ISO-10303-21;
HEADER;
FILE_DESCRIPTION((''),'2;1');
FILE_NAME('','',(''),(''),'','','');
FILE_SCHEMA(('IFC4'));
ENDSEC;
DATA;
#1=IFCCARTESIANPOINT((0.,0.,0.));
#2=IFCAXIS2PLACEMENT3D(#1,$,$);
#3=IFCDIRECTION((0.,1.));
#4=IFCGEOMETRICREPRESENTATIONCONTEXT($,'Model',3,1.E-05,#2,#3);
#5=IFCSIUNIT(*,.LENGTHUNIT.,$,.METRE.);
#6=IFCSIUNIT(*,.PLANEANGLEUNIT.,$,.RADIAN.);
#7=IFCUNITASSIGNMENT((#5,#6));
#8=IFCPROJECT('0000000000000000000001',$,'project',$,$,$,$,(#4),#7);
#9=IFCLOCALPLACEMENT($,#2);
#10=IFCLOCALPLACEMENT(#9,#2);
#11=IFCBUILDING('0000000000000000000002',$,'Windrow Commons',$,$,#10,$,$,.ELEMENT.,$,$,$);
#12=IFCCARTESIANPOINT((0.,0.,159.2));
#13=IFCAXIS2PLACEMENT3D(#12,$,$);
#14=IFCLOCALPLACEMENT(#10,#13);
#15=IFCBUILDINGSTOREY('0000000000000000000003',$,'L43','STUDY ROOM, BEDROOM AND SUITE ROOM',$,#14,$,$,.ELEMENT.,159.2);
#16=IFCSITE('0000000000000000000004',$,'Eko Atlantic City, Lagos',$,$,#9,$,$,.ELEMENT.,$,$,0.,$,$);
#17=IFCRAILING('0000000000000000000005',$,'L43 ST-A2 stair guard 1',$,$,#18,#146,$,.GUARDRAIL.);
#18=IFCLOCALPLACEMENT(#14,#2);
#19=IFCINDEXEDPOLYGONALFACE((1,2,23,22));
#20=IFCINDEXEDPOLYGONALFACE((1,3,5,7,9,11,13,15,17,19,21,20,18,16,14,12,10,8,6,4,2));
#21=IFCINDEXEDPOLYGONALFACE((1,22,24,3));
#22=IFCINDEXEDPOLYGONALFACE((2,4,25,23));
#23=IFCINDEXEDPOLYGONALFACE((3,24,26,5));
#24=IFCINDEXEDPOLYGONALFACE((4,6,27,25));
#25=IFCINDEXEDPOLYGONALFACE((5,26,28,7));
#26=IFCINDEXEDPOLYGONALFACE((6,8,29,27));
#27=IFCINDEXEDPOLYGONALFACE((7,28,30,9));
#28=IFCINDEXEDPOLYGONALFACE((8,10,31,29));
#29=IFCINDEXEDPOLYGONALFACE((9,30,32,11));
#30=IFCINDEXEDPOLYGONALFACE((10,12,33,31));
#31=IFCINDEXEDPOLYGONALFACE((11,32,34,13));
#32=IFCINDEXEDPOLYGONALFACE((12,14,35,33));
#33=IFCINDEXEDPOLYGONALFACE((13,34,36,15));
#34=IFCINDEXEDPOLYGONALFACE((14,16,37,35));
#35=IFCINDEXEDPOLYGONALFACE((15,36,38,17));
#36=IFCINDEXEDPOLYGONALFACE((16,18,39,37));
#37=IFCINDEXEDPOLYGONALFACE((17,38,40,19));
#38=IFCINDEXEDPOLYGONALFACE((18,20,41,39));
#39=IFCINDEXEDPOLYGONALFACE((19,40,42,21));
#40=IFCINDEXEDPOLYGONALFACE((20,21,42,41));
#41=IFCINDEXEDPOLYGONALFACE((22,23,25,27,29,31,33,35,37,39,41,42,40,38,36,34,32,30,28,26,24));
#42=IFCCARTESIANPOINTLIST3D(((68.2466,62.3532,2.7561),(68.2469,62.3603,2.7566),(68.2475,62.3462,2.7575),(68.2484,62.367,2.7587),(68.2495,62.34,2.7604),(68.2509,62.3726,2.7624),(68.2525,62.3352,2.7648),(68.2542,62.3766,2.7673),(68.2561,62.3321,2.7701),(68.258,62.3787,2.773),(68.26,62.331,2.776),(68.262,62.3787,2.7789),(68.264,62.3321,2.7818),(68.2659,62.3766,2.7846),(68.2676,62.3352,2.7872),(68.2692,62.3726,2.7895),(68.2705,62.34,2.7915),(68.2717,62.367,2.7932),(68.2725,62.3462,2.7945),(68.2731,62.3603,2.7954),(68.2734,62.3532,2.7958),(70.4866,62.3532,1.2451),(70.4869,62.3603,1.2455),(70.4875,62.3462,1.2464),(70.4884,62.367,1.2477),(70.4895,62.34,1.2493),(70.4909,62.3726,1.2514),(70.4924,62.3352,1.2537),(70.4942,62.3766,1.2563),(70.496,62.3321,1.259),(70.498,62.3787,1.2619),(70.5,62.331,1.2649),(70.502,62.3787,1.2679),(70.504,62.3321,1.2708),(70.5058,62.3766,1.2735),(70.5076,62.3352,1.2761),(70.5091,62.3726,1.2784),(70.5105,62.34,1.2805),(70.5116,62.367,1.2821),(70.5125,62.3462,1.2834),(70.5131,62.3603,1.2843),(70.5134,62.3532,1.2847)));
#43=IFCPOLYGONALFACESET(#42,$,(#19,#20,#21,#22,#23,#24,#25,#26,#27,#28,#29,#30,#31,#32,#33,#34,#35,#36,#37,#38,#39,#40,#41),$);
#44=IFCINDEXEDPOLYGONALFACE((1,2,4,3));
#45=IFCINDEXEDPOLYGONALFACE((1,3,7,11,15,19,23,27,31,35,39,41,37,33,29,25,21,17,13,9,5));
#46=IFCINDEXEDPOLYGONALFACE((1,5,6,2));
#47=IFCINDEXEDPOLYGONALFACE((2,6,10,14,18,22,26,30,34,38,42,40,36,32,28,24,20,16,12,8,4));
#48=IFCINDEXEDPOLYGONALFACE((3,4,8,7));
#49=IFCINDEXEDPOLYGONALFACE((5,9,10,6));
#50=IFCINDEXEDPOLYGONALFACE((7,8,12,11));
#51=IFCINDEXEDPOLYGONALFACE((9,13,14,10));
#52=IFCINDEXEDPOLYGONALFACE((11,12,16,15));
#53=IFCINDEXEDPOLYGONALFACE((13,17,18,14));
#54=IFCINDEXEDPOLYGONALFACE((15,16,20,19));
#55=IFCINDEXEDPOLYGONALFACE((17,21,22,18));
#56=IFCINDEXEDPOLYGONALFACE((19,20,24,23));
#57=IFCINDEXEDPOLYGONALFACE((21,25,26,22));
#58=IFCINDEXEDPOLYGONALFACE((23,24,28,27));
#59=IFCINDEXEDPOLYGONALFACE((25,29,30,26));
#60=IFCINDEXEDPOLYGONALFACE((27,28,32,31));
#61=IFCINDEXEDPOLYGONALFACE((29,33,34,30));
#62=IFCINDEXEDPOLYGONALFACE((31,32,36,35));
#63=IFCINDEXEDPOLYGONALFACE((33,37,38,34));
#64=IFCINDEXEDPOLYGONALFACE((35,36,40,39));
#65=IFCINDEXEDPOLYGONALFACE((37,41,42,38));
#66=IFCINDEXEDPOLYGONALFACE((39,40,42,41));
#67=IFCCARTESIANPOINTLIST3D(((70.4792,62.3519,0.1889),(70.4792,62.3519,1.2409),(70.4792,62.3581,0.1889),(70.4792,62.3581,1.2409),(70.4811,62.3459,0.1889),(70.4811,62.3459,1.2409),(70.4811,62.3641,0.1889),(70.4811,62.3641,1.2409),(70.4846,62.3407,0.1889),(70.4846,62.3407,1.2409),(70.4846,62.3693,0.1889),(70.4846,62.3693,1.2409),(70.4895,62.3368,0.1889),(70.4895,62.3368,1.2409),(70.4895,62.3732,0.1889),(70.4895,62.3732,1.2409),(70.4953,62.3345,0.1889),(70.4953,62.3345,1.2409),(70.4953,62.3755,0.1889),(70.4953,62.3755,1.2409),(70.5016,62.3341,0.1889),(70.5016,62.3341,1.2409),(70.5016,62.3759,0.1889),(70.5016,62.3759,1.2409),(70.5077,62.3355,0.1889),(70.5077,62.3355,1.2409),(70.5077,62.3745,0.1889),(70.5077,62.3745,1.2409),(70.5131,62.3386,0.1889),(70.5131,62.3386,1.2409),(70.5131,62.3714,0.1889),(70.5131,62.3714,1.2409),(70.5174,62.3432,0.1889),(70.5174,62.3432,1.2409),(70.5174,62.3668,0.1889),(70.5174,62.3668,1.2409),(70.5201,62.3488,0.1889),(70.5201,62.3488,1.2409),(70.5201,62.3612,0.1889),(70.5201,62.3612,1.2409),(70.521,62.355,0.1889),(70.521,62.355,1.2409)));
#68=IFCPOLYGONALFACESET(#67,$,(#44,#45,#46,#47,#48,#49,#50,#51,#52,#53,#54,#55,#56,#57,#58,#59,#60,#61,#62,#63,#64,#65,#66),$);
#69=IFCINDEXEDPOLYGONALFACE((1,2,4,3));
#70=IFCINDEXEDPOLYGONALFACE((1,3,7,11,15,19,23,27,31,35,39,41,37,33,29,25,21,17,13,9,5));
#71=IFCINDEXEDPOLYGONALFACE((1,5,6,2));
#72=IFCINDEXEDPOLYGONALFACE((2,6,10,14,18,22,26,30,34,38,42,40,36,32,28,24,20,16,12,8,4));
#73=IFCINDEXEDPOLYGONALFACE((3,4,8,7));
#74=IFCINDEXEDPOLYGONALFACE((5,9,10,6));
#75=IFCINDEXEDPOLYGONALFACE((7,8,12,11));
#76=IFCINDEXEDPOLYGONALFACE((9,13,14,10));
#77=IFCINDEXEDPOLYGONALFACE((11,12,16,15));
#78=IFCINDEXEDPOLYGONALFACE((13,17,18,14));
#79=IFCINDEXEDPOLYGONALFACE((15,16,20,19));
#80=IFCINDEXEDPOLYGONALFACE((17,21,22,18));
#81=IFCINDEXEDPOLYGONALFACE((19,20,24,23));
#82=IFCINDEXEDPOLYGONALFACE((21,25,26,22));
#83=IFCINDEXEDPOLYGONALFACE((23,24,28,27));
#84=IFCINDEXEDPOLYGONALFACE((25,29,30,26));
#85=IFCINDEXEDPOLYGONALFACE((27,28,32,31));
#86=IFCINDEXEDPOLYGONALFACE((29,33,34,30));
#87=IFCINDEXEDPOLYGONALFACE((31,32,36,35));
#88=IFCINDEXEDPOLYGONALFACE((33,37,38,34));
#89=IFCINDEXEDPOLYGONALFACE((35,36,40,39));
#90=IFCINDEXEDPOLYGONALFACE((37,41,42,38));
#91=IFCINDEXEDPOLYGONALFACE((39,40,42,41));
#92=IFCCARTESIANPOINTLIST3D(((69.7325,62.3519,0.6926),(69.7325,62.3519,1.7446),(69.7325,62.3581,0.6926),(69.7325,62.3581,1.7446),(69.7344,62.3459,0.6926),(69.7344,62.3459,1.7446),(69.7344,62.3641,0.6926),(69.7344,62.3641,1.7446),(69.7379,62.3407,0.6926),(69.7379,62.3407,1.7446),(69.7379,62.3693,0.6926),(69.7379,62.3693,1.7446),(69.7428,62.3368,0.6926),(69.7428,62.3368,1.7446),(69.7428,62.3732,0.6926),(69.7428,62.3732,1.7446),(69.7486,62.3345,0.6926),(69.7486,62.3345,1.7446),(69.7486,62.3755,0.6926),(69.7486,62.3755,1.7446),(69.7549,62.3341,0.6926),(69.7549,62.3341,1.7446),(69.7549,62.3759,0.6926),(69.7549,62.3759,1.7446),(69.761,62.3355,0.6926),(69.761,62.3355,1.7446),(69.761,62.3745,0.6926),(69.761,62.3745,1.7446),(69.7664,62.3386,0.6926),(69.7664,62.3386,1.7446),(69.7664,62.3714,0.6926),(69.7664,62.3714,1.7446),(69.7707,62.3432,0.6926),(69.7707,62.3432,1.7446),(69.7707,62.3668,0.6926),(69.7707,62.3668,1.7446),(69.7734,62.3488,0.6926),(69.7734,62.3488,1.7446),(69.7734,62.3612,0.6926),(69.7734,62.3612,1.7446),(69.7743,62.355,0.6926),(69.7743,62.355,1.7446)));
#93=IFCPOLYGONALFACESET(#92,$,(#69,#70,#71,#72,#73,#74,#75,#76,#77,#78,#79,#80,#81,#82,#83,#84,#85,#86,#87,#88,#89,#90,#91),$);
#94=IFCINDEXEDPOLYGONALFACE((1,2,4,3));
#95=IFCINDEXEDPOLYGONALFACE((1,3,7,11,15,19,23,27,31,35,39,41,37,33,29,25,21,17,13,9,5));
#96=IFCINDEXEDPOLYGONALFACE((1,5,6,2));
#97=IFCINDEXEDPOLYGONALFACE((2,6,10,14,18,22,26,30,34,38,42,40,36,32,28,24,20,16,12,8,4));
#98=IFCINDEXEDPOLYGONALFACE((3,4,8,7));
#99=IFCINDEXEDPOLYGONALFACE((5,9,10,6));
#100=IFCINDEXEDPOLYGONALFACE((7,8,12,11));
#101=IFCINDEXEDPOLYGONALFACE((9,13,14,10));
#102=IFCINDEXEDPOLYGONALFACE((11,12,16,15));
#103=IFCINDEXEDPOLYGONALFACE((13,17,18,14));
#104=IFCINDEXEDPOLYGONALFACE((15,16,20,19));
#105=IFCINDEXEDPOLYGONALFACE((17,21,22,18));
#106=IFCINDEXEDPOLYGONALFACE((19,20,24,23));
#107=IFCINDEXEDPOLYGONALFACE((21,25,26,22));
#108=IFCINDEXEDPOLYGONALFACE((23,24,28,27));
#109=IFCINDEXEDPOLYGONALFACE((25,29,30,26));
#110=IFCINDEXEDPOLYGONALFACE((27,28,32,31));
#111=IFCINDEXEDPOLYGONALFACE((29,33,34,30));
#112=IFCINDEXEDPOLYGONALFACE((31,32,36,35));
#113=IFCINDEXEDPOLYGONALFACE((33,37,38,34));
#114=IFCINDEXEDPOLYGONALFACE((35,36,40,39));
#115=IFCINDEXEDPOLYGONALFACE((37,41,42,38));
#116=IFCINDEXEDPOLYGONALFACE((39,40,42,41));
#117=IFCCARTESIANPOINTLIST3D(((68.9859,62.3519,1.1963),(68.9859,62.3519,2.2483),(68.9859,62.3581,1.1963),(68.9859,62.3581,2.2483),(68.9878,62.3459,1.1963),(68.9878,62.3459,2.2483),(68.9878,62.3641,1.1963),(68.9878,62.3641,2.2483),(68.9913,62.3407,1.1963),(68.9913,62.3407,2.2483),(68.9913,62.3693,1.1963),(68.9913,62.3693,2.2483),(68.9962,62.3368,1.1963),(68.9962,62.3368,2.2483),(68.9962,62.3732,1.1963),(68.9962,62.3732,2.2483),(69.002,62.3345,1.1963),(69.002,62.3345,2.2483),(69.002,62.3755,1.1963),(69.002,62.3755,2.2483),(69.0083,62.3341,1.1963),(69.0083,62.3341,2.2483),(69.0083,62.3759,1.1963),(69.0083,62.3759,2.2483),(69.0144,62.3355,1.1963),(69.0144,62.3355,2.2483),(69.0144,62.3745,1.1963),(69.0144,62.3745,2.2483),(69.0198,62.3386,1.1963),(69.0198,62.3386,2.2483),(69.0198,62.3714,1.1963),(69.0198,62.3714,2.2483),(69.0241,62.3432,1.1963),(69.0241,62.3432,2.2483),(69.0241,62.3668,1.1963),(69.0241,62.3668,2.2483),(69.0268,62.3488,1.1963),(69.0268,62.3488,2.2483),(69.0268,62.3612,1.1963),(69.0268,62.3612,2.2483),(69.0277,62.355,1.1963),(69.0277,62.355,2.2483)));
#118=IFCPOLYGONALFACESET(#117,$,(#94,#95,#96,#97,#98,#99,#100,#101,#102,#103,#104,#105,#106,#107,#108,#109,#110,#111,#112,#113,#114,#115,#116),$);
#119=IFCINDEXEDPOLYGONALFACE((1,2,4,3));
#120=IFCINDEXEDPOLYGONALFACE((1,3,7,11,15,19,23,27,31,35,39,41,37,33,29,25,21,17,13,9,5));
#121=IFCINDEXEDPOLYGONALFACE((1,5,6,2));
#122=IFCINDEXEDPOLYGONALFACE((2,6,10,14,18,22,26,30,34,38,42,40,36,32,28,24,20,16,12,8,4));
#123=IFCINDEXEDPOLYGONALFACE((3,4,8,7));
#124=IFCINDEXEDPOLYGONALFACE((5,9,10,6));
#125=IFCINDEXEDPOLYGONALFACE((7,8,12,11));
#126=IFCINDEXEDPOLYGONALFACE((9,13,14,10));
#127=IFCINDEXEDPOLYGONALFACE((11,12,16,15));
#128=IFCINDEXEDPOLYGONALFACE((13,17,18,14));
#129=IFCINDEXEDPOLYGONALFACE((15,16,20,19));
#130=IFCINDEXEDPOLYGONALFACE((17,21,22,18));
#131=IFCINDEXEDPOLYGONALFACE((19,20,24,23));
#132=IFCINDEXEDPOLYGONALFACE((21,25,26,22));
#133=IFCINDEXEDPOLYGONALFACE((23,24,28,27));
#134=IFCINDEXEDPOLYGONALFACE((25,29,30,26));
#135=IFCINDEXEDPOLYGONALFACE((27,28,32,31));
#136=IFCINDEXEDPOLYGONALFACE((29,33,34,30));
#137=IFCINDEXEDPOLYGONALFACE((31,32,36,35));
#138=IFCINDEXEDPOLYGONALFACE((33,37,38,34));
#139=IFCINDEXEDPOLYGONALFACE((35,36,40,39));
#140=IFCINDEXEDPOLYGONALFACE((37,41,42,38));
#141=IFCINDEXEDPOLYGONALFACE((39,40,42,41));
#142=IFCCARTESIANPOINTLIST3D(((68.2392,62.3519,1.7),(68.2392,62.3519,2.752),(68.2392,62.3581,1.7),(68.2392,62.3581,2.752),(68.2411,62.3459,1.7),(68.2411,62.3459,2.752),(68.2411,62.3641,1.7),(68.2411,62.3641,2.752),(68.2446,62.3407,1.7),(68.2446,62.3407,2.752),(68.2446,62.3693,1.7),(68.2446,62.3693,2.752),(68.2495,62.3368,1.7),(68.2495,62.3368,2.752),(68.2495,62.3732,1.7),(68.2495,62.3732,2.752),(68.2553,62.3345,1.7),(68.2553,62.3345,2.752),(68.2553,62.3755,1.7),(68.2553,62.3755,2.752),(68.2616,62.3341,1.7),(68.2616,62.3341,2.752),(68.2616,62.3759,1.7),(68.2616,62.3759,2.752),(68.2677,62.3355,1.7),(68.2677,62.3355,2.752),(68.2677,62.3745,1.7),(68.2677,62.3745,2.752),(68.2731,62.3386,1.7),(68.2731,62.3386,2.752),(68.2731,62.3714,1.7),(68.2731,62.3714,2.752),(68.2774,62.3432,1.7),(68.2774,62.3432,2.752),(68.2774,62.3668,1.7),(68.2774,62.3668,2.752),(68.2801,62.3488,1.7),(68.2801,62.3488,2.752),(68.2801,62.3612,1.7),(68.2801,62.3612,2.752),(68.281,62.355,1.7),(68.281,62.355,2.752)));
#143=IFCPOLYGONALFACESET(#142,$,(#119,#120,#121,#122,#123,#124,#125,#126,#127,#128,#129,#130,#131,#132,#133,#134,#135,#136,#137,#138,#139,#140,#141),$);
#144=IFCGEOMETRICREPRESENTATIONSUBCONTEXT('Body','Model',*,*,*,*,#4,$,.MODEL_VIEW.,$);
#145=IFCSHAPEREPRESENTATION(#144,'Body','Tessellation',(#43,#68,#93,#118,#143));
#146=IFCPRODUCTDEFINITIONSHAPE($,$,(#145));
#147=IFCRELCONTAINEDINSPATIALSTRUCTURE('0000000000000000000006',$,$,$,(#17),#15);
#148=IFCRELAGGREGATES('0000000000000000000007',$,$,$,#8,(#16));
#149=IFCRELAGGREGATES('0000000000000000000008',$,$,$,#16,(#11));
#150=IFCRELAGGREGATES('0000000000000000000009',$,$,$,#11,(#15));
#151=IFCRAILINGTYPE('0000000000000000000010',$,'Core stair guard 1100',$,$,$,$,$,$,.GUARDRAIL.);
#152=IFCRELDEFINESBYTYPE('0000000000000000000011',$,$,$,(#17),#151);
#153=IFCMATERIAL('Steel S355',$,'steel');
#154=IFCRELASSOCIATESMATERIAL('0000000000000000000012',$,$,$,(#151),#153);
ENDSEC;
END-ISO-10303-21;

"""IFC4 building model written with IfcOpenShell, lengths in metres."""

from ifc_helpers import new_model, si_unit, direction, frame, origin, origin_2d, place, context, subcontext, project, spatial, circle, extrude, material, type_object, element, save


model = new_model("IFC4")

# Units and contexts
model_context = context("Model", 3, precision=1e-05, world=origin(), true_north=direction((0.0, 1.0)))
body_context = subcontext(model_context, "Body", "Model", "MODEL_VIEW")
ifc_project = project(units=[si_unit("LENGTHUNIT", "METRE"), si_unit("PLANEANGLEUNIT", "RADIAN")], contexts=[model_context])

# Site, building, storey
site_placement = place(None, origin())
site = spatial("IfcSite", under=ifc_project, at=site_placement, Name="Eko Atlantic City, Lagos", CompositionType="ELEMENT", RefElevation=0.0)
building_placement = place(site_placement, origin())
building = spatial("IfcBuilding", under=site, at=building_placement, Name="Windrow Commons", CompositionType="ELEMENT")
storey_placement = place(building_placement, frame((0.0, 0.0, 159.2)))
storey = spatial("IfcBuildingStorey", under=building, at=storey_placement, Name="L43", Description="STUDY ROOM, BEDROOM AND SUITE ROOM", CompositionType="ELEMENT", Elevation=159.2)

# Railing
ifc_material_1 = material(Name="Steel S355", Category="steel")
railing_type = type_object("IfcRailingType", Name="Core stair guard 1100", PredefinedType="GUARDRAIL", material=ifc_material_1)
railing_placement = place(storey_placement, frame((70.5, 62.355, 0.1889)))
element("IfcRailing", 1, at=railing_placement, inside=storey, type_object=railing_type, Name="L43 ST-A2 stair guard 1", PredefinedType="GUARDRAIL", context=body_context, shape_type="SweptSolid", body=[
    extrude(circle(Radius=0.024, at=origin_2d()), frame((0.0, 0.0, 1.076), z_axis=(-0.829003, 0.0, 0.559244), x_axis=(0.0, -1.0, 0.0)), (0.0, 0.0, 1.0), 2.702),
    extrude(circle(Radius=0.021, at=origin_2d()), origin(), (0.0, 0.0, 1.0), 1.052),
    extrude(circle(Radius=0.021, at=origin_2d()), frame((-0.7467, 0.0, 0.5037)), (0.0, 0.0, 1.0), 1.052),
    extrude(circle(Radius=0.021, at=origin_2d()), frame((-1.4933, 0.0, 1.0074)), (0.0, 0.0, 1.0), 1.052),
    extrude(circle(Radius=0.021, at=origin_2d()), frame((-2.24, 0.0, 1.5111)), (0.0, 0.0, 1.0), 1.052),
])

save(model, "model.ifc")
